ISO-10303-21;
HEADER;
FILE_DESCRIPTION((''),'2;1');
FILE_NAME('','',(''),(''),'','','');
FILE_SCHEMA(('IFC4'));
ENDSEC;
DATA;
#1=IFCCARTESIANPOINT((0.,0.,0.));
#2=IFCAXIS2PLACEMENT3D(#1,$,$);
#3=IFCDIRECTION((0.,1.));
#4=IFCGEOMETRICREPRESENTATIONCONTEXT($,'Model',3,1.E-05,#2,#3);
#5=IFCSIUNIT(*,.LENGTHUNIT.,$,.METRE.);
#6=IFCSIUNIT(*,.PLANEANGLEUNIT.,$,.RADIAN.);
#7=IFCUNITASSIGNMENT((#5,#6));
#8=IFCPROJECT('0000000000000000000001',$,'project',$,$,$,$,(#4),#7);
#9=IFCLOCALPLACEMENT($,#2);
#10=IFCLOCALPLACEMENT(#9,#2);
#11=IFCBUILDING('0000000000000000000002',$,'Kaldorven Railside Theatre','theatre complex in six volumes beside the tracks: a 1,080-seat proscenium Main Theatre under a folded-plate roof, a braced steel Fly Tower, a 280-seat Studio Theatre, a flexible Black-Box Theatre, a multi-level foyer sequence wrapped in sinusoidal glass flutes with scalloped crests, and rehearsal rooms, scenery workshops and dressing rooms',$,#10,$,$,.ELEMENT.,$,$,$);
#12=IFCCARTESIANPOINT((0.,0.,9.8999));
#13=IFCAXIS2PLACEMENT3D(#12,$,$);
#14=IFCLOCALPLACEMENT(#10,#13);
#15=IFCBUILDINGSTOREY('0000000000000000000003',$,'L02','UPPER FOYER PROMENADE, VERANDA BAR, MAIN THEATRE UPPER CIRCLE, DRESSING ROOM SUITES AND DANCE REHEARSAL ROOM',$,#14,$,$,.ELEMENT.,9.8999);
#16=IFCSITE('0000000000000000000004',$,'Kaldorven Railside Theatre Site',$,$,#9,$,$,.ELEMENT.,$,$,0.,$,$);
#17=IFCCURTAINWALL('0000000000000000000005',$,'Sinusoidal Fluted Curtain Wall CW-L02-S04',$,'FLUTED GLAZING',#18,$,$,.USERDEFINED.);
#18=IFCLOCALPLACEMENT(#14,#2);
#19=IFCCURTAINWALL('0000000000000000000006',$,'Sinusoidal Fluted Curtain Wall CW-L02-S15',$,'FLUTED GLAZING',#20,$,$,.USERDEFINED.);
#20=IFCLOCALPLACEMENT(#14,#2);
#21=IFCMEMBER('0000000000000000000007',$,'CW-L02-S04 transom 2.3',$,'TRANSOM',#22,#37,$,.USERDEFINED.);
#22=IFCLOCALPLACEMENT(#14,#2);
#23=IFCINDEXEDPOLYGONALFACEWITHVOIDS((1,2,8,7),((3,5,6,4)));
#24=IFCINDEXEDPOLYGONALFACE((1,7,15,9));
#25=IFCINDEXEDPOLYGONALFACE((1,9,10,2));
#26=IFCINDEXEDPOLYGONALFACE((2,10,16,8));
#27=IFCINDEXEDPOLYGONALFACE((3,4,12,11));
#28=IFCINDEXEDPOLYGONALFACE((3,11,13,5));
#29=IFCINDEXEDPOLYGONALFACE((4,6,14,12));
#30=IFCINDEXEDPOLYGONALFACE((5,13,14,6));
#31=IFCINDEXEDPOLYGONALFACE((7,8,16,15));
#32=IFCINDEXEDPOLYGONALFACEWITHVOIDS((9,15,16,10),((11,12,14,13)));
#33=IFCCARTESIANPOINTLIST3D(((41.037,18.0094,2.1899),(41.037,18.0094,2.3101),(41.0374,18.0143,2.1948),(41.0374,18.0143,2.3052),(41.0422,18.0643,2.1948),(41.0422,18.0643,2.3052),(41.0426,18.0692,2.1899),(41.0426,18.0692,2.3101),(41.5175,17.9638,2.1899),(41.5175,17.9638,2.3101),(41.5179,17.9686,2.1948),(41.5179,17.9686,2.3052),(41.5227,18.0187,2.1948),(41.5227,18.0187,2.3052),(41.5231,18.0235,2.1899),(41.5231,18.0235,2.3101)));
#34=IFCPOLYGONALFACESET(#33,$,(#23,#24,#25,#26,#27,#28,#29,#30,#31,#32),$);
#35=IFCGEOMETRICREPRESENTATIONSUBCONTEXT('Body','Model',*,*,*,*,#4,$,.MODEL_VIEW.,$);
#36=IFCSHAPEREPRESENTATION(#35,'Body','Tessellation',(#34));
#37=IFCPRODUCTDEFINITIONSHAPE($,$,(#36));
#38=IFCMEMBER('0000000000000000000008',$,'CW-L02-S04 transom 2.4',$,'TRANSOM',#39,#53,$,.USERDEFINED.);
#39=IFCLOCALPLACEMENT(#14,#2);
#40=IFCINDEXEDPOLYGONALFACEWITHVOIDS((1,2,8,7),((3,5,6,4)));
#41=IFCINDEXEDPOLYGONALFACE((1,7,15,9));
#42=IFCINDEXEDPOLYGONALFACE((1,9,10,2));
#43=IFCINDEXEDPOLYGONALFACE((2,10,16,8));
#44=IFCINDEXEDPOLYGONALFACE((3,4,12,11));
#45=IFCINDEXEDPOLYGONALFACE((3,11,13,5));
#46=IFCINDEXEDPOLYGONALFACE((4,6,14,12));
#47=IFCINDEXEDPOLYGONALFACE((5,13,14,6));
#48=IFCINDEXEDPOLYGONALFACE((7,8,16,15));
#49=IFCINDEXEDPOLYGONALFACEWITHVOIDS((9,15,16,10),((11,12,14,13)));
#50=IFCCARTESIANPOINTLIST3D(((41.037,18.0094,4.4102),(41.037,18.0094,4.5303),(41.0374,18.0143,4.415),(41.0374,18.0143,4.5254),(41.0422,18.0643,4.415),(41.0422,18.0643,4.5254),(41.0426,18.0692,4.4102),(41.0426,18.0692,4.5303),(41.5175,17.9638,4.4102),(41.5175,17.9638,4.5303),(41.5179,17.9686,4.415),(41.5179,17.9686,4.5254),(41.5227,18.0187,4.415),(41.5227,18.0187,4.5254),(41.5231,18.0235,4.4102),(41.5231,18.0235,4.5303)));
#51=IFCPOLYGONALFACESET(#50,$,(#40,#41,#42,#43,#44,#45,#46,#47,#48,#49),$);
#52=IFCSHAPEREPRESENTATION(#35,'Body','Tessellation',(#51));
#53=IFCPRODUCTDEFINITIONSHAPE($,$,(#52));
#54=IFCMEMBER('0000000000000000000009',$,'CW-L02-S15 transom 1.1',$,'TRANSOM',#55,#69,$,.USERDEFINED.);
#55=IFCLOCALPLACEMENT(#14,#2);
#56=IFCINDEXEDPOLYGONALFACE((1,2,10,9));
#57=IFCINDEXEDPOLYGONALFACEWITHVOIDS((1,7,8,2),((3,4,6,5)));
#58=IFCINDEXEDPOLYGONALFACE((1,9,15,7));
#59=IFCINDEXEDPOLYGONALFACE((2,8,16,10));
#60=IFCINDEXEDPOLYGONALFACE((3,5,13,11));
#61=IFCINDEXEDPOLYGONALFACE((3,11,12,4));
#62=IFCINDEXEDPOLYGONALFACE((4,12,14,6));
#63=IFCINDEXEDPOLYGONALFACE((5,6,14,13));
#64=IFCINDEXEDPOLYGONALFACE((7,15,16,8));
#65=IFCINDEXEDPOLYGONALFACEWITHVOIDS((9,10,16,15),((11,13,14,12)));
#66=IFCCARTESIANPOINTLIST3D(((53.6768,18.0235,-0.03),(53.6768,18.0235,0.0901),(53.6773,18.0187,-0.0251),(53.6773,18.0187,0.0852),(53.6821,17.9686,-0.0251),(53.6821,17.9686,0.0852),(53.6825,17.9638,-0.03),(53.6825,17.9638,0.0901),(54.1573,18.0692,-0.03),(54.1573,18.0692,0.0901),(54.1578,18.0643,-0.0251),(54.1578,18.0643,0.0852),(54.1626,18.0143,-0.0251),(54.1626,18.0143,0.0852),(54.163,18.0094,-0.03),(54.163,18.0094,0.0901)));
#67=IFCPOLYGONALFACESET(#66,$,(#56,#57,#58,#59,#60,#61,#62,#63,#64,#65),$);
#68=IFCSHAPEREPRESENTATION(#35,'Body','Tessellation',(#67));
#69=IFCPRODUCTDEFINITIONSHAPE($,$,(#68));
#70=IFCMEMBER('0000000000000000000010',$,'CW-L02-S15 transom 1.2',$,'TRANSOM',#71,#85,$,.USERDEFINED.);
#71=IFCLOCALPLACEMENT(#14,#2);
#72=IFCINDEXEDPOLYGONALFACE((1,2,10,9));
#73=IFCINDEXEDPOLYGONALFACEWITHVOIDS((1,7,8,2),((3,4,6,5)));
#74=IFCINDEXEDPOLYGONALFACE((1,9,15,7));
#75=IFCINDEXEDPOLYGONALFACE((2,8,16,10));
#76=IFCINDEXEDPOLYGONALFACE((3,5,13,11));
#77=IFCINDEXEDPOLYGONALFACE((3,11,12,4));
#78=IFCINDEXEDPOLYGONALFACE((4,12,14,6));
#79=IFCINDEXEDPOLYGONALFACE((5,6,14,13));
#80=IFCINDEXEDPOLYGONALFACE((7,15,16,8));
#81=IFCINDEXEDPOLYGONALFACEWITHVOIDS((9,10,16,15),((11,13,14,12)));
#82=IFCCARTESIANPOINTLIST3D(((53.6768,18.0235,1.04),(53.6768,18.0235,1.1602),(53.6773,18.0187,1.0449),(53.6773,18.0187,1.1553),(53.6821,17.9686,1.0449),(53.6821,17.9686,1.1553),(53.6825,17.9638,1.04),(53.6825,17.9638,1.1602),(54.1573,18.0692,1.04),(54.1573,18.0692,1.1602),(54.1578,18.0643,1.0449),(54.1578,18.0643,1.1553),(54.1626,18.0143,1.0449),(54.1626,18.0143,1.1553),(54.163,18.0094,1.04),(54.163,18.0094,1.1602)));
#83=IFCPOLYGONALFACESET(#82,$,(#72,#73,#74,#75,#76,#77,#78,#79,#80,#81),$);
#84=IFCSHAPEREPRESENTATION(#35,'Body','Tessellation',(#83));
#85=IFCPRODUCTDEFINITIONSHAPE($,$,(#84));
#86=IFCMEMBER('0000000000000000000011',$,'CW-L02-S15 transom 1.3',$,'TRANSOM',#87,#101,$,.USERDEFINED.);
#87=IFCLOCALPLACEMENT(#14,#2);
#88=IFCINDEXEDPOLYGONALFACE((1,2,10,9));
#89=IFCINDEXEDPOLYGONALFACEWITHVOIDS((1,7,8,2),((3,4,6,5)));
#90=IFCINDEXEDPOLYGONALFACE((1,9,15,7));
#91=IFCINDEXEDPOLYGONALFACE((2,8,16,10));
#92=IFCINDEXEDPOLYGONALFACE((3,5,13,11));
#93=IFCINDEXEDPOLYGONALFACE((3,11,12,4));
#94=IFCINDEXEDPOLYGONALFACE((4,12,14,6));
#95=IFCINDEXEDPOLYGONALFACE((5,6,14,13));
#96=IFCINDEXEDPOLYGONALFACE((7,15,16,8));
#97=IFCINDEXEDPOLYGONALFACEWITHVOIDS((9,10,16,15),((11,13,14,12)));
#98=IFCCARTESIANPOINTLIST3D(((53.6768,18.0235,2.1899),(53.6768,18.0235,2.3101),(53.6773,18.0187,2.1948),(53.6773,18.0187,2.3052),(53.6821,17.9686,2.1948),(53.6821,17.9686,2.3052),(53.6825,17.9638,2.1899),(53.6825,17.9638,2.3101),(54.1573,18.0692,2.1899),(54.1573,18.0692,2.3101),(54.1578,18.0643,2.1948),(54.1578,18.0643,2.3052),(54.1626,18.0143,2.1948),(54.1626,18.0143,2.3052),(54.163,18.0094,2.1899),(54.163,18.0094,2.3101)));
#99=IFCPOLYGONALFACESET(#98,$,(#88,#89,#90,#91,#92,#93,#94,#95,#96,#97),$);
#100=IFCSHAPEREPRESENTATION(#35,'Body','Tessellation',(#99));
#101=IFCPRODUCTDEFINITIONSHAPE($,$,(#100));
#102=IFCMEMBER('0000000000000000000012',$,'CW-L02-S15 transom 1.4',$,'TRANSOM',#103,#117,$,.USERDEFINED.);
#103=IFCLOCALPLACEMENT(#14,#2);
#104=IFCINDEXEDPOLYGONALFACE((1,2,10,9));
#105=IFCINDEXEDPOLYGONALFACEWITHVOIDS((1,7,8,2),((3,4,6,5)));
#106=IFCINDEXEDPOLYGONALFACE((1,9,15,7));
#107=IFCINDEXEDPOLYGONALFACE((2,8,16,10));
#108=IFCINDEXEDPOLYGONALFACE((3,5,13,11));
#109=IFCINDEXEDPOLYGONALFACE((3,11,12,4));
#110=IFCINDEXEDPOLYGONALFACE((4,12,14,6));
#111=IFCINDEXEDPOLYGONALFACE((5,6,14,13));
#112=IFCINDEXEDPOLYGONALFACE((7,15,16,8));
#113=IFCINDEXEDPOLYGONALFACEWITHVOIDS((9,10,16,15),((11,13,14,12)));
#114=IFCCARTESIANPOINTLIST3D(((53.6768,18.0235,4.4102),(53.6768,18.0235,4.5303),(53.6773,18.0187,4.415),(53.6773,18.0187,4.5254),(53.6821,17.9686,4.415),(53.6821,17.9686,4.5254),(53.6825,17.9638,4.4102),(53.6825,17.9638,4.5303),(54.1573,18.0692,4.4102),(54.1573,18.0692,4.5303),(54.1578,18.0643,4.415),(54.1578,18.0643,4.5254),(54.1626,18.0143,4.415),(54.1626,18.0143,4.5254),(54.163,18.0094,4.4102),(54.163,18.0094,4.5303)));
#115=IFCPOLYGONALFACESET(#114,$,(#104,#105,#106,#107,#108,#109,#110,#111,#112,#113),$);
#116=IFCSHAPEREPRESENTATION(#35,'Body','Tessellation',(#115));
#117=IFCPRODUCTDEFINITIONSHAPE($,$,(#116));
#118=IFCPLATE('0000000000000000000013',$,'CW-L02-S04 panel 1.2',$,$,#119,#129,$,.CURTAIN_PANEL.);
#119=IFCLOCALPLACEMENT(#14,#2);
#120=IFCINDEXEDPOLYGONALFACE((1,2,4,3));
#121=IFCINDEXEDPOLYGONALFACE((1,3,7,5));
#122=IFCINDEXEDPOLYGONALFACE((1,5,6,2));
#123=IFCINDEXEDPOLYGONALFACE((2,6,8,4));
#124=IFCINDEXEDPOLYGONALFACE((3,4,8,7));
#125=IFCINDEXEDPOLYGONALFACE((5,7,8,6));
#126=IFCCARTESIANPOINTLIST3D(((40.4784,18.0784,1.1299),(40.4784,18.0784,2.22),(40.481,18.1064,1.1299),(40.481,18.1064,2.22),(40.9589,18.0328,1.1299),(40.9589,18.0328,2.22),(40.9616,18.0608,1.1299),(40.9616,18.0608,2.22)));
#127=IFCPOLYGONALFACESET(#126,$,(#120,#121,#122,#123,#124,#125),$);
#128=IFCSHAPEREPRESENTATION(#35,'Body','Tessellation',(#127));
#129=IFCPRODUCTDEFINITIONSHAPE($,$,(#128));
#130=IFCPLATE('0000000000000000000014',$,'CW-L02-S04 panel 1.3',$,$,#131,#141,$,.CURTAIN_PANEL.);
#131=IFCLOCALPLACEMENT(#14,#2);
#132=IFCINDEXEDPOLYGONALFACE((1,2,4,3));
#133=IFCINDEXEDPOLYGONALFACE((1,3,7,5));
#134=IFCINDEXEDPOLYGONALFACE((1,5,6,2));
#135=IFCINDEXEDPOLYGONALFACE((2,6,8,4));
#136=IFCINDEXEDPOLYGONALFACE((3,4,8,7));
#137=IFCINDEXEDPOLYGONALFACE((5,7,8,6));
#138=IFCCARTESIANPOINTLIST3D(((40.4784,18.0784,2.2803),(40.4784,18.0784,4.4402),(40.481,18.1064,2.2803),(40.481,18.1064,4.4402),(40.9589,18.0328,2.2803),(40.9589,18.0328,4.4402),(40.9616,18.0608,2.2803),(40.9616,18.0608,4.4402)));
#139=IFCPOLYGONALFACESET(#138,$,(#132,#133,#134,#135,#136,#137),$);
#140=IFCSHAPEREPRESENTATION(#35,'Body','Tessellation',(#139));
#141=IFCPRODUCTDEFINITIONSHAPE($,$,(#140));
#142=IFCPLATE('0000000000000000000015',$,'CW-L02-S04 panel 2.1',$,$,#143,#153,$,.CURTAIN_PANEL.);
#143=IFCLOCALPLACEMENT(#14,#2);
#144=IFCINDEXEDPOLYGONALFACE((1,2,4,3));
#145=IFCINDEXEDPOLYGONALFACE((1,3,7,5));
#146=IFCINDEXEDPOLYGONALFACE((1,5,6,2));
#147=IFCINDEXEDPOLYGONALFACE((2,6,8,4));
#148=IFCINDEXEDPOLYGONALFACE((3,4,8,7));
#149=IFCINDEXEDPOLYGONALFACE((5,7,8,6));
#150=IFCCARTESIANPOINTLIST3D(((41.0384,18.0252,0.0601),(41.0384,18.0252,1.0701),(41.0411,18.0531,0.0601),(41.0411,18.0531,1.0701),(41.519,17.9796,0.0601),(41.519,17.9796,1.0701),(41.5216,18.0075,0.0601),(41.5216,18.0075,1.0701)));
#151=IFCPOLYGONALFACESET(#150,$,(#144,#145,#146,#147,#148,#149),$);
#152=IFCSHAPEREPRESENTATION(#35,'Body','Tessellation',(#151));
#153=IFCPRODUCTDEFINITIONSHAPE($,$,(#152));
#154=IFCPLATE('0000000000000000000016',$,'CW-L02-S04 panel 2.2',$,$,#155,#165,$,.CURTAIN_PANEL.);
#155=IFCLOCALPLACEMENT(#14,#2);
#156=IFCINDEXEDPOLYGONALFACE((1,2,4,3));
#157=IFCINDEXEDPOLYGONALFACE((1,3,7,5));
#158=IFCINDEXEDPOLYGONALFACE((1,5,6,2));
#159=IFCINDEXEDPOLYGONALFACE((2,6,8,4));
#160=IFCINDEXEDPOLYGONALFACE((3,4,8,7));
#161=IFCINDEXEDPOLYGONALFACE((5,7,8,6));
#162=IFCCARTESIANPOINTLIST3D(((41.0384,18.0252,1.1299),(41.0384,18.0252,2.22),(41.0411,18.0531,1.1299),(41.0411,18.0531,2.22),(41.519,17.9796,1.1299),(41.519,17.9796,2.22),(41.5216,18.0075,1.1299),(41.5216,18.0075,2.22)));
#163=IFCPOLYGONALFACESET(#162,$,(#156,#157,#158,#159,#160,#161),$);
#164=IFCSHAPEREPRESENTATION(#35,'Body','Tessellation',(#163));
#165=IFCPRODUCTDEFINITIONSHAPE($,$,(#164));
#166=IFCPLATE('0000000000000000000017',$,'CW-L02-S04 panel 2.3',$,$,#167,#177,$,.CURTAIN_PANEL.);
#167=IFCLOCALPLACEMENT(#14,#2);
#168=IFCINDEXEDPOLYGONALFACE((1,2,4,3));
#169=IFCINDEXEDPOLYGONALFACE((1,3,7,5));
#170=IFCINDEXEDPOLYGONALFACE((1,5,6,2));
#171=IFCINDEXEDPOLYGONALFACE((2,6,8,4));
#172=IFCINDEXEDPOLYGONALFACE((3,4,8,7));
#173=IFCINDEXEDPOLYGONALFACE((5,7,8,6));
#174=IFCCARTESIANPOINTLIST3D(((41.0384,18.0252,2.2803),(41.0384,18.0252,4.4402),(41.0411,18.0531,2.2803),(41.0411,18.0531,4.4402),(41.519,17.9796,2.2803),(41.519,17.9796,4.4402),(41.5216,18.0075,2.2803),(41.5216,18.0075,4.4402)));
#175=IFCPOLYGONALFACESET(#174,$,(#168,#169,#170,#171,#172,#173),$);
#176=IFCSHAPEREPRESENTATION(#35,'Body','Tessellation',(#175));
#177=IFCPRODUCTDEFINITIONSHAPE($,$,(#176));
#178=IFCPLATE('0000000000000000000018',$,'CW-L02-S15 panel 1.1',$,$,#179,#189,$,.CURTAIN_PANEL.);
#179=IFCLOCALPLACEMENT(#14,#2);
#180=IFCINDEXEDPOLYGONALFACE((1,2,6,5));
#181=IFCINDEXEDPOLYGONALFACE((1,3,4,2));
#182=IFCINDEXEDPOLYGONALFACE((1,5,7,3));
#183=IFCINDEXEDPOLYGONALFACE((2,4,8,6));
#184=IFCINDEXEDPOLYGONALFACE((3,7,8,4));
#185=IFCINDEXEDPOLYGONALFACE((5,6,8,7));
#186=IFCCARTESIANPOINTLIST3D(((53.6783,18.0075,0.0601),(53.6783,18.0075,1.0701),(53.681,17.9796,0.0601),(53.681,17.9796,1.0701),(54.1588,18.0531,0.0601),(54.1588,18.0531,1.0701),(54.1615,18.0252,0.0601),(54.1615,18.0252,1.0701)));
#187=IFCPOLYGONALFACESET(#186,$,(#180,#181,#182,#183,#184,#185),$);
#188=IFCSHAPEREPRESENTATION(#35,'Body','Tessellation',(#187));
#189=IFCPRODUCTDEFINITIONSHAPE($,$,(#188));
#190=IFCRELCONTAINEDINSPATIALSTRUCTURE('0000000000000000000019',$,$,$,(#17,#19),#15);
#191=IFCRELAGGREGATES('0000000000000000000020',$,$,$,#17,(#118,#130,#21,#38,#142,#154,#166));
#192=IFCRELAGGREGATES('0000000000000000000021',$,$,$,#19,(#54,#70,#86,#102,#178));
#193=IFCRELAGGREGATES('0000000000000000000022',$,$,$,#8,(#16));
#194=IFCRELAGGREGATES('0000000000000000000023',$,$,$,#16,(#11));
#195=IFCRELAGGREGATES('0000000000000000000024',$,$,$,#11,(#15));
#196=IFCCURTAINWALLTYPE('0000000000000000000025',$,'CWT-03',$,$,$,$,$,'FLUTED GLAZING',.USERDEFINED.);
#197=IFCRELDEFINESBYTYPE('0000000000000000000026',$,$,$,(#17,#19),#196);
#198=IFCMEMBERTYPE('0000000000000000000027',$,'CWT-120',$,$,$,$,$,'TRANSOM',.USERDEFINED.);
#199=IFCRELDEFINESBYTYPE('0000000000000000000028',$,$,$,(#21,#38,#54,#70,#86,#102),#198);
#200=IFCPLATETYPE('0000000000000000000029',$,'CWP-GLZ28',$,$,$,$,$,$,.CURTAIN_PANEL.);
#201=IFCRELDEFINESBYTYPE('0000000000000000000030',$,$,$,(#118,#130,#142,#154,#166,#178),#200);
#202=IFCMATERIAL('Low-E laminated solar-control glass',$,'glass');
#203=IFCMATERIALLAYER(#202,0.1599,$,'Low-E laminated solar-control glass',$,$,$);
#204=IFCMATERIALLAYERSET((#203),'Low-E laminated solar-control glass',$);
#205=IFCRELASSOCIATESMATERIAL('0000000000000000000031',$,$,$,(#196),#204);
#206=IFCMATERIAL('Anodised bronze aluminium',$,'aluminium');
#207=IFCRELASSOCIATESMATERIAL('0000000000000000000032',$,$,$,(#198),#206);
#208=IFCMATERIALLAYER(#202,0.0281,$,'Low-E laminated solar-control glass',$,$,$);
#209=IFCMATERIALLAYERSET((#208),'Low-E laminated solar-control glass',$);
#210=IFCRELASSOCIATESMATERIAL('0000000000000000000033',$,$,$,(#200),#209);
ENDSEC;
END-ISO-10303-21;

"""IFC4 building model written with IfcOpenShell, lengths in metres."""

from ifc_helpers import new_model, si_unit, direction, frame, origin, origin_2d, place, context, subcontext, project, spatial, rectangle, hollow_rectangle, extrude, material, layer, layer_set, material_profile, profile_set, type_object, element, aggregate, save


model = new_model("IFC4")

# Units and contexts
model_context = context("Model", 3, precision=1e-05, world=origin(), true_north=direction((0.0, 1.0)))
body_context = subcontext(model_context, "Body", "Model", "MODEL_VIEW")
ifc_project = project(units=[si_unit("LENGTHUNIT", "METRE"), si_unit("PLANEANGLEUNIT", "RADIAN")], contexts=[model_context])

# Site, building, storey
site_placement = place(None, origin())
site = spatial("IfcSite", under=ifc_project, at=site_placement, Name="Kaldorven Railside Theatre Site", CompositionType="ELEMENT", RefElevation=0.0)
building_placement = place(site_placement, origin())
building = spatial("IfcBuilding", under=site, at=building_placement, Name="Kaldorven Railside Theatre", Description="theatre complex in six volumes beside the tracks: a 1,080-seat proscenium Main Theatre under a folded-plate roof, a braced steel Fly Tower, a 280-seat Studio Theatre, a flexible Black-Box Theatre, a multi-level foyer sequence wrapped in sinusoidal glass flutes with scalloped crests, and rehearsal rooms, scenery workshops and dressing rooms", CompositionType="ELEMENT")
storey_placement = place(building_placement, frame((0.0, 0.0, 9.8999)))
storey = spatial("IfcBuildingStorey", under=building, at=storey_placement, Name="L02", Description="UPPER FOYER PROMENADE, VERANDA BAR, MAIN THEATRE UPPER CIRCLE, DRESSING ROOM SUITES AND DANCE REHEARSAL ROOM", CompositionType="ELEMENT", Elevation=9.8999)

# Curtain wall
ifc_material_1 = material(Name="Low-E laminated solar-control glass", Category="glass")
ifc_layer_1 = layer(ifc_material_1, 0.1599, Name="Low-E laminated solar-control glass")
ifc_layer_set_1 = layer_set([ifc_layer_1], Name="Low-E laminated solar-control glass")
curtain_wall_type = type_object("IfcCurtainWallType", Name="CWT-03", ElementType="FLUTED GLAZING", PredefinedType="USERDEFINED", material=ifc_layer_set_1)
curtain_wall_1_placement = place(storey_placement, origin())
curtain_wall_1 = element("IfcCurtainWall", 1, at=curtain_wall_1_placement, inside=storey, type_object=curtain_wall_type, Name="Sinusoidal Fluted Curtain Wall CW-L02-S04", ObjectType="FLUTED GLAZING", PredefinedType="USERDEFINED")
ifc_material_2 = material(Name="Anodised bronze aluminium", Category="aluminium")

# Curtain wall
curtain_wall_2_placement = place(storey_placement, origin())
curtain_wall_2 = element("IfcCurtainWall", 2, at=curtain_wall_2_placement, inside=storey, type_object=curtain_wall_type, Name="Sinusoidal Fluted Curtain Wall CW-L02-S15", ObjectType="FLUTED GLAZING", PredefinedType="USERDEFINED")

# Members
ifc_material_profile_1 = material_profile(ifc_material_2, hollow_rectangle(XDim=0.0601, YDim=0.1201, WallThickness=0.0049, at=origin_2d()), Name="RHS 120x60x5")
ifc_profile_set_1 = profile_set([ifc_material_profile_1], Name="Anodised bronze aluminium")
member_type_1 = type_object("IfcMemberType", Name="CWT-120", ElementType="TRANSOM", PredefinedType="USERDEFINED", material=ifc_profile_set_1)
member_1_placement = place(storey_placement, frame((41.0398, 18.0393, 2.25), z_axis=(0.995516, -0.094594, 0.0), x_axis=(0.094594, 0.995516, 0.0)))
member_1 = element("IfcMember", 3, at=member_1_placement, type_object=member_type_1, Name="CW-L02-S04 transom 2.3", ObjectType="TRANSOM", PredefinedType="USERDEFINED", context=body_context, shape_type="SweptSolid", body=[
    extrude(hollow_rectangle(XDim=0.0601, YDim=0.1201, WallThickness=0.0049, at=origin_2d()), origin(), (0.0, 0.0, 1.0), 0.4827),
])
member_2_placement = place(storey_placement, frame((41.0398, 18.0393, 4.4702), z_axis=(0.995516, -0.094594, 0.0), x_axis=(0.094594, 0.995516, 0.0)))
member_2 = element("IfcMember", 4, at=member_2_placement, type_object=member_type_1, Name="CW-L02-S04 transom 2.4", ObjectType="TRANSOM", PredefinedType="USERDEFINED", context=body_context, shape_type="SweptSolid", body=[
    extrude(hollow_rectangle(XDim=0.0601, YDim=0.1201, WallThickness=0.0049, at=origin_2d()), origin(), (0.0, 0.0, 1.0), 0.4827),
])
member_3_placement = place(storey_placement, frame((53.6797, 17.9937, 0.03), z_axis=(0.995516, 0.094594, 0.0), x_axis=(-0.094594, 0.995516, 0.0)))
member_3 = element("IfcMember", 5, at=member_3_placement, type_object=member_type_1, Name="CW-L02-S15 transom 1.1", ObjectType="TRANSOM", PredefinedType="USERDEFINED", context=body_context, shape_type="SweptSolid", body=[
    extrude(hollow_rectangle(XDim=0.0601, YDim=0.1201, WallThickness=0.0049, at=origin_2d()), origin(), (0.0, 0.0, 1.0), 0.4827),
])
member_4_placement = place(storey_placement, frame((53.6797, 17.9937, 1.1001), z_axis=(0.995516, 0.094594, 0.0), x_axis=(-0.094594, 0.995516, 0.0)))
member_4 = element("IfcMember", 6, at=member_4_placement, type_object=member_type_1, Name="CW-L02-S15 transom 1.2", ObjectType="TRANSOM", PredefinedType="USERDEFINED", context=body_context, shape_type="SweptSolid", body=[
    extrude(hollow_rectangle(XDim=0.0601, YDim=0.1201, WallThickness=0.0049, at=origin_2d()), origin(), (0.0, 0.0, 1.0), 0.4827),
])
member_5_placement = place(storey_placement, frame((53.6797, 17.9937, 2.25), z_axis=(0.995516, 0.094594, 0.0), x_axis=(-0.094594, 0.995516, 0.0)))
member_5 = element("IfcMember", 7, at=member_5_placement, type_object=member_type_1, Name="CW-L02-S15 transom 1.3", ObjectType="TRANSOM", PredefinedType="USERDEFINED", context=body_context, shape_type="SweptSolid", body=[
    extrude(hollow_rectangle(XDim=0.0601, YDim=0.1201, WallThickness=0.0049, at=origin_2d()), origin(), (0.0, 0.0, 1.0), 0.4827),
])
member_6_placement = place(storey_placement, frame((53.6797, 17.9937, 4.4702), z_axis=(0.995516, 0.094594, 0.0), x_axis=(-0.094594, 0.995516, 0.0)))
member_6 = element("IfcMember", 8, at=member_6_placement, type_object=member_type_1, Name="CW-L02-S15 transom 1.4", ObjectType="TRANSOM", PredefinedType="USERDEFINED", context=body_context, shape_type="SweptSolid", body=[
    extrude(hollow_rectangle(XDim=0.0601, YDim=0.1201, WallThickness=0.0049, at=origin_2d()), origin(), (0.0, 0.0, 1.0), 0.4827),
])

# Plates
ifc_layer_2 = layer(ifc_material_1, 0.0281, Name="Low-E laminated solar-control glass")
ifc_layer_set_2 = layer_set([ifc_layer_2], Name="Low-E laminated solar-control glass")
plate_type = type_object("IfcPlateType", Name="CWP-GLZ28", PredefinedType="CURTAIN_PANEL", material=ifc_layer_set_2)
plate_1_placement = place(storey_placement, frame((40.72, 18.0696, 1.1299), z_axis=(0.0, 0.0, 1.0), x_axis=(0.995526, -0.094492, 0.0)))
plate_1 = element("IfcPlate", 9, at=plate_1_placement, type_object=plate_type, Name="CW-L02-S04 panel 1.2", PredefinedType="CURTAIN_PANEL", context=body_context, shape_type="SweptSolid", body=[
    extrude(rectangle(XDim=0.4827, YDim=0.0281, at=origin_2d()), origin(), (0.0, 0.0, 1.0), 1.0901),
])
plate_2_placement = place(storey_placement, frame((40.72, 18.0696, 2.2803), z_axis=(0.0, 0.0, 1.0), x_axis=(0.995526, -0.094492, 0.0)))
plate_2 = element("IfcPlate", 10, at=plate_2_placement, type_object=plate_type, Name="CW-L02-S04 panel 1.3", PredefinedType="CURTAIN_PANEL", context=body_context, shape_type="SweptSolid", body=[
    extrude(rectangle(XDim=0.4827, YDim=0.0281, at=origin_2d()), origin(), (0.0, 0.0, 1.0), 2.1599),
])
plate_3_placement = place(storey_placement, frame((41.28, 18.0164, 0.0601), z_axis=(0.0, 0.0, 1.0), x_axis=(0.995526, -0.094492, 0.0)))
plate_3 = element("IfcPlate", 11, at=plate_3_placement, type_object=plate_type, Name="CW-L02-S04 panel 2.1", PredefinedType="CURTAIN_PANEL", context=body_context, shape_type="SweptSolid", body=[
    extrude(rectangle(XDim=0.4827, YDim=0.0281, at=origin_2d()), origin(), (0.0, 0.0, 1.0), 1.01),
])
plate_4_placement = place(storey_placement, frame((41.28, 18.0164, 1.1299), z_axis=(0.0, 0.0, 1.0), x_axis=(0.995526, -0.094492, 0.0)))
plate_4 = element("IfcPlate", 12, at=plate_4_placement, type_object=plate_type, Name="CW-L02-S04 panel 2.2", PredefinedType="CURTAIN_PANEL", context=body_context, shape_type="SweptSolid", body=[
    extrude(rectangle(XDim=0.4827, YDim=0.0281, at=origin_2d()), origin(), (0.0, 0.0, 1.0), 1.0901),
])
plate_5_placement = place(storey_placement, frame((41.28, 18.0164, 2.2803), z_axis=(0.0, 0.0, 1.0), x_axis=(0.995526, -0.094492, 0.0)))
plate_5 = element("IfcPlate", 13, at=plate_5_placement, type_object=plate_type, Name="CW-L02-S04 panel 2.3", PredefinedType="CURTAIN_PANEL", context=body_context, shape_type="SweptSolid", body=[
    extrude(rectangle(XDim=0.4827, YDim=0.0281, at=origin_2d()), origin(), (0.0, 0.0, 1.0), 2.1599),
])
aggregate(curtain_wall_1, [plate_1, plate_2, member_1, member_2, plate_3, plate_4, plate_5])
plate_6_placement = place(storey_placement, frame((53.9199, 18.0164, 0.0601), z_axis=(0.0, 0.0, 1.0), x_axis=(0.995526, 0.094492, 0.0)))
plate_6 = element("IfcPlate", 14, at=plate_6_placement, type_object=plate_type, Name="CW-L02-S15 panel 1.1", PredefinedType="CURTAIN_PANEL", context=body_context, shape_type="SweptSolid", body=[
    extrude(rectangle(XDim=0.4827, YDim=0.0281, at=origin_2d()), origin(), (0.0, 0.0, 1.0), 1.01),
])
aggregate(curtain_wall_2, [member_3, member_4, member_5, member_6, plate_6])

save(model, "model.ifc")
